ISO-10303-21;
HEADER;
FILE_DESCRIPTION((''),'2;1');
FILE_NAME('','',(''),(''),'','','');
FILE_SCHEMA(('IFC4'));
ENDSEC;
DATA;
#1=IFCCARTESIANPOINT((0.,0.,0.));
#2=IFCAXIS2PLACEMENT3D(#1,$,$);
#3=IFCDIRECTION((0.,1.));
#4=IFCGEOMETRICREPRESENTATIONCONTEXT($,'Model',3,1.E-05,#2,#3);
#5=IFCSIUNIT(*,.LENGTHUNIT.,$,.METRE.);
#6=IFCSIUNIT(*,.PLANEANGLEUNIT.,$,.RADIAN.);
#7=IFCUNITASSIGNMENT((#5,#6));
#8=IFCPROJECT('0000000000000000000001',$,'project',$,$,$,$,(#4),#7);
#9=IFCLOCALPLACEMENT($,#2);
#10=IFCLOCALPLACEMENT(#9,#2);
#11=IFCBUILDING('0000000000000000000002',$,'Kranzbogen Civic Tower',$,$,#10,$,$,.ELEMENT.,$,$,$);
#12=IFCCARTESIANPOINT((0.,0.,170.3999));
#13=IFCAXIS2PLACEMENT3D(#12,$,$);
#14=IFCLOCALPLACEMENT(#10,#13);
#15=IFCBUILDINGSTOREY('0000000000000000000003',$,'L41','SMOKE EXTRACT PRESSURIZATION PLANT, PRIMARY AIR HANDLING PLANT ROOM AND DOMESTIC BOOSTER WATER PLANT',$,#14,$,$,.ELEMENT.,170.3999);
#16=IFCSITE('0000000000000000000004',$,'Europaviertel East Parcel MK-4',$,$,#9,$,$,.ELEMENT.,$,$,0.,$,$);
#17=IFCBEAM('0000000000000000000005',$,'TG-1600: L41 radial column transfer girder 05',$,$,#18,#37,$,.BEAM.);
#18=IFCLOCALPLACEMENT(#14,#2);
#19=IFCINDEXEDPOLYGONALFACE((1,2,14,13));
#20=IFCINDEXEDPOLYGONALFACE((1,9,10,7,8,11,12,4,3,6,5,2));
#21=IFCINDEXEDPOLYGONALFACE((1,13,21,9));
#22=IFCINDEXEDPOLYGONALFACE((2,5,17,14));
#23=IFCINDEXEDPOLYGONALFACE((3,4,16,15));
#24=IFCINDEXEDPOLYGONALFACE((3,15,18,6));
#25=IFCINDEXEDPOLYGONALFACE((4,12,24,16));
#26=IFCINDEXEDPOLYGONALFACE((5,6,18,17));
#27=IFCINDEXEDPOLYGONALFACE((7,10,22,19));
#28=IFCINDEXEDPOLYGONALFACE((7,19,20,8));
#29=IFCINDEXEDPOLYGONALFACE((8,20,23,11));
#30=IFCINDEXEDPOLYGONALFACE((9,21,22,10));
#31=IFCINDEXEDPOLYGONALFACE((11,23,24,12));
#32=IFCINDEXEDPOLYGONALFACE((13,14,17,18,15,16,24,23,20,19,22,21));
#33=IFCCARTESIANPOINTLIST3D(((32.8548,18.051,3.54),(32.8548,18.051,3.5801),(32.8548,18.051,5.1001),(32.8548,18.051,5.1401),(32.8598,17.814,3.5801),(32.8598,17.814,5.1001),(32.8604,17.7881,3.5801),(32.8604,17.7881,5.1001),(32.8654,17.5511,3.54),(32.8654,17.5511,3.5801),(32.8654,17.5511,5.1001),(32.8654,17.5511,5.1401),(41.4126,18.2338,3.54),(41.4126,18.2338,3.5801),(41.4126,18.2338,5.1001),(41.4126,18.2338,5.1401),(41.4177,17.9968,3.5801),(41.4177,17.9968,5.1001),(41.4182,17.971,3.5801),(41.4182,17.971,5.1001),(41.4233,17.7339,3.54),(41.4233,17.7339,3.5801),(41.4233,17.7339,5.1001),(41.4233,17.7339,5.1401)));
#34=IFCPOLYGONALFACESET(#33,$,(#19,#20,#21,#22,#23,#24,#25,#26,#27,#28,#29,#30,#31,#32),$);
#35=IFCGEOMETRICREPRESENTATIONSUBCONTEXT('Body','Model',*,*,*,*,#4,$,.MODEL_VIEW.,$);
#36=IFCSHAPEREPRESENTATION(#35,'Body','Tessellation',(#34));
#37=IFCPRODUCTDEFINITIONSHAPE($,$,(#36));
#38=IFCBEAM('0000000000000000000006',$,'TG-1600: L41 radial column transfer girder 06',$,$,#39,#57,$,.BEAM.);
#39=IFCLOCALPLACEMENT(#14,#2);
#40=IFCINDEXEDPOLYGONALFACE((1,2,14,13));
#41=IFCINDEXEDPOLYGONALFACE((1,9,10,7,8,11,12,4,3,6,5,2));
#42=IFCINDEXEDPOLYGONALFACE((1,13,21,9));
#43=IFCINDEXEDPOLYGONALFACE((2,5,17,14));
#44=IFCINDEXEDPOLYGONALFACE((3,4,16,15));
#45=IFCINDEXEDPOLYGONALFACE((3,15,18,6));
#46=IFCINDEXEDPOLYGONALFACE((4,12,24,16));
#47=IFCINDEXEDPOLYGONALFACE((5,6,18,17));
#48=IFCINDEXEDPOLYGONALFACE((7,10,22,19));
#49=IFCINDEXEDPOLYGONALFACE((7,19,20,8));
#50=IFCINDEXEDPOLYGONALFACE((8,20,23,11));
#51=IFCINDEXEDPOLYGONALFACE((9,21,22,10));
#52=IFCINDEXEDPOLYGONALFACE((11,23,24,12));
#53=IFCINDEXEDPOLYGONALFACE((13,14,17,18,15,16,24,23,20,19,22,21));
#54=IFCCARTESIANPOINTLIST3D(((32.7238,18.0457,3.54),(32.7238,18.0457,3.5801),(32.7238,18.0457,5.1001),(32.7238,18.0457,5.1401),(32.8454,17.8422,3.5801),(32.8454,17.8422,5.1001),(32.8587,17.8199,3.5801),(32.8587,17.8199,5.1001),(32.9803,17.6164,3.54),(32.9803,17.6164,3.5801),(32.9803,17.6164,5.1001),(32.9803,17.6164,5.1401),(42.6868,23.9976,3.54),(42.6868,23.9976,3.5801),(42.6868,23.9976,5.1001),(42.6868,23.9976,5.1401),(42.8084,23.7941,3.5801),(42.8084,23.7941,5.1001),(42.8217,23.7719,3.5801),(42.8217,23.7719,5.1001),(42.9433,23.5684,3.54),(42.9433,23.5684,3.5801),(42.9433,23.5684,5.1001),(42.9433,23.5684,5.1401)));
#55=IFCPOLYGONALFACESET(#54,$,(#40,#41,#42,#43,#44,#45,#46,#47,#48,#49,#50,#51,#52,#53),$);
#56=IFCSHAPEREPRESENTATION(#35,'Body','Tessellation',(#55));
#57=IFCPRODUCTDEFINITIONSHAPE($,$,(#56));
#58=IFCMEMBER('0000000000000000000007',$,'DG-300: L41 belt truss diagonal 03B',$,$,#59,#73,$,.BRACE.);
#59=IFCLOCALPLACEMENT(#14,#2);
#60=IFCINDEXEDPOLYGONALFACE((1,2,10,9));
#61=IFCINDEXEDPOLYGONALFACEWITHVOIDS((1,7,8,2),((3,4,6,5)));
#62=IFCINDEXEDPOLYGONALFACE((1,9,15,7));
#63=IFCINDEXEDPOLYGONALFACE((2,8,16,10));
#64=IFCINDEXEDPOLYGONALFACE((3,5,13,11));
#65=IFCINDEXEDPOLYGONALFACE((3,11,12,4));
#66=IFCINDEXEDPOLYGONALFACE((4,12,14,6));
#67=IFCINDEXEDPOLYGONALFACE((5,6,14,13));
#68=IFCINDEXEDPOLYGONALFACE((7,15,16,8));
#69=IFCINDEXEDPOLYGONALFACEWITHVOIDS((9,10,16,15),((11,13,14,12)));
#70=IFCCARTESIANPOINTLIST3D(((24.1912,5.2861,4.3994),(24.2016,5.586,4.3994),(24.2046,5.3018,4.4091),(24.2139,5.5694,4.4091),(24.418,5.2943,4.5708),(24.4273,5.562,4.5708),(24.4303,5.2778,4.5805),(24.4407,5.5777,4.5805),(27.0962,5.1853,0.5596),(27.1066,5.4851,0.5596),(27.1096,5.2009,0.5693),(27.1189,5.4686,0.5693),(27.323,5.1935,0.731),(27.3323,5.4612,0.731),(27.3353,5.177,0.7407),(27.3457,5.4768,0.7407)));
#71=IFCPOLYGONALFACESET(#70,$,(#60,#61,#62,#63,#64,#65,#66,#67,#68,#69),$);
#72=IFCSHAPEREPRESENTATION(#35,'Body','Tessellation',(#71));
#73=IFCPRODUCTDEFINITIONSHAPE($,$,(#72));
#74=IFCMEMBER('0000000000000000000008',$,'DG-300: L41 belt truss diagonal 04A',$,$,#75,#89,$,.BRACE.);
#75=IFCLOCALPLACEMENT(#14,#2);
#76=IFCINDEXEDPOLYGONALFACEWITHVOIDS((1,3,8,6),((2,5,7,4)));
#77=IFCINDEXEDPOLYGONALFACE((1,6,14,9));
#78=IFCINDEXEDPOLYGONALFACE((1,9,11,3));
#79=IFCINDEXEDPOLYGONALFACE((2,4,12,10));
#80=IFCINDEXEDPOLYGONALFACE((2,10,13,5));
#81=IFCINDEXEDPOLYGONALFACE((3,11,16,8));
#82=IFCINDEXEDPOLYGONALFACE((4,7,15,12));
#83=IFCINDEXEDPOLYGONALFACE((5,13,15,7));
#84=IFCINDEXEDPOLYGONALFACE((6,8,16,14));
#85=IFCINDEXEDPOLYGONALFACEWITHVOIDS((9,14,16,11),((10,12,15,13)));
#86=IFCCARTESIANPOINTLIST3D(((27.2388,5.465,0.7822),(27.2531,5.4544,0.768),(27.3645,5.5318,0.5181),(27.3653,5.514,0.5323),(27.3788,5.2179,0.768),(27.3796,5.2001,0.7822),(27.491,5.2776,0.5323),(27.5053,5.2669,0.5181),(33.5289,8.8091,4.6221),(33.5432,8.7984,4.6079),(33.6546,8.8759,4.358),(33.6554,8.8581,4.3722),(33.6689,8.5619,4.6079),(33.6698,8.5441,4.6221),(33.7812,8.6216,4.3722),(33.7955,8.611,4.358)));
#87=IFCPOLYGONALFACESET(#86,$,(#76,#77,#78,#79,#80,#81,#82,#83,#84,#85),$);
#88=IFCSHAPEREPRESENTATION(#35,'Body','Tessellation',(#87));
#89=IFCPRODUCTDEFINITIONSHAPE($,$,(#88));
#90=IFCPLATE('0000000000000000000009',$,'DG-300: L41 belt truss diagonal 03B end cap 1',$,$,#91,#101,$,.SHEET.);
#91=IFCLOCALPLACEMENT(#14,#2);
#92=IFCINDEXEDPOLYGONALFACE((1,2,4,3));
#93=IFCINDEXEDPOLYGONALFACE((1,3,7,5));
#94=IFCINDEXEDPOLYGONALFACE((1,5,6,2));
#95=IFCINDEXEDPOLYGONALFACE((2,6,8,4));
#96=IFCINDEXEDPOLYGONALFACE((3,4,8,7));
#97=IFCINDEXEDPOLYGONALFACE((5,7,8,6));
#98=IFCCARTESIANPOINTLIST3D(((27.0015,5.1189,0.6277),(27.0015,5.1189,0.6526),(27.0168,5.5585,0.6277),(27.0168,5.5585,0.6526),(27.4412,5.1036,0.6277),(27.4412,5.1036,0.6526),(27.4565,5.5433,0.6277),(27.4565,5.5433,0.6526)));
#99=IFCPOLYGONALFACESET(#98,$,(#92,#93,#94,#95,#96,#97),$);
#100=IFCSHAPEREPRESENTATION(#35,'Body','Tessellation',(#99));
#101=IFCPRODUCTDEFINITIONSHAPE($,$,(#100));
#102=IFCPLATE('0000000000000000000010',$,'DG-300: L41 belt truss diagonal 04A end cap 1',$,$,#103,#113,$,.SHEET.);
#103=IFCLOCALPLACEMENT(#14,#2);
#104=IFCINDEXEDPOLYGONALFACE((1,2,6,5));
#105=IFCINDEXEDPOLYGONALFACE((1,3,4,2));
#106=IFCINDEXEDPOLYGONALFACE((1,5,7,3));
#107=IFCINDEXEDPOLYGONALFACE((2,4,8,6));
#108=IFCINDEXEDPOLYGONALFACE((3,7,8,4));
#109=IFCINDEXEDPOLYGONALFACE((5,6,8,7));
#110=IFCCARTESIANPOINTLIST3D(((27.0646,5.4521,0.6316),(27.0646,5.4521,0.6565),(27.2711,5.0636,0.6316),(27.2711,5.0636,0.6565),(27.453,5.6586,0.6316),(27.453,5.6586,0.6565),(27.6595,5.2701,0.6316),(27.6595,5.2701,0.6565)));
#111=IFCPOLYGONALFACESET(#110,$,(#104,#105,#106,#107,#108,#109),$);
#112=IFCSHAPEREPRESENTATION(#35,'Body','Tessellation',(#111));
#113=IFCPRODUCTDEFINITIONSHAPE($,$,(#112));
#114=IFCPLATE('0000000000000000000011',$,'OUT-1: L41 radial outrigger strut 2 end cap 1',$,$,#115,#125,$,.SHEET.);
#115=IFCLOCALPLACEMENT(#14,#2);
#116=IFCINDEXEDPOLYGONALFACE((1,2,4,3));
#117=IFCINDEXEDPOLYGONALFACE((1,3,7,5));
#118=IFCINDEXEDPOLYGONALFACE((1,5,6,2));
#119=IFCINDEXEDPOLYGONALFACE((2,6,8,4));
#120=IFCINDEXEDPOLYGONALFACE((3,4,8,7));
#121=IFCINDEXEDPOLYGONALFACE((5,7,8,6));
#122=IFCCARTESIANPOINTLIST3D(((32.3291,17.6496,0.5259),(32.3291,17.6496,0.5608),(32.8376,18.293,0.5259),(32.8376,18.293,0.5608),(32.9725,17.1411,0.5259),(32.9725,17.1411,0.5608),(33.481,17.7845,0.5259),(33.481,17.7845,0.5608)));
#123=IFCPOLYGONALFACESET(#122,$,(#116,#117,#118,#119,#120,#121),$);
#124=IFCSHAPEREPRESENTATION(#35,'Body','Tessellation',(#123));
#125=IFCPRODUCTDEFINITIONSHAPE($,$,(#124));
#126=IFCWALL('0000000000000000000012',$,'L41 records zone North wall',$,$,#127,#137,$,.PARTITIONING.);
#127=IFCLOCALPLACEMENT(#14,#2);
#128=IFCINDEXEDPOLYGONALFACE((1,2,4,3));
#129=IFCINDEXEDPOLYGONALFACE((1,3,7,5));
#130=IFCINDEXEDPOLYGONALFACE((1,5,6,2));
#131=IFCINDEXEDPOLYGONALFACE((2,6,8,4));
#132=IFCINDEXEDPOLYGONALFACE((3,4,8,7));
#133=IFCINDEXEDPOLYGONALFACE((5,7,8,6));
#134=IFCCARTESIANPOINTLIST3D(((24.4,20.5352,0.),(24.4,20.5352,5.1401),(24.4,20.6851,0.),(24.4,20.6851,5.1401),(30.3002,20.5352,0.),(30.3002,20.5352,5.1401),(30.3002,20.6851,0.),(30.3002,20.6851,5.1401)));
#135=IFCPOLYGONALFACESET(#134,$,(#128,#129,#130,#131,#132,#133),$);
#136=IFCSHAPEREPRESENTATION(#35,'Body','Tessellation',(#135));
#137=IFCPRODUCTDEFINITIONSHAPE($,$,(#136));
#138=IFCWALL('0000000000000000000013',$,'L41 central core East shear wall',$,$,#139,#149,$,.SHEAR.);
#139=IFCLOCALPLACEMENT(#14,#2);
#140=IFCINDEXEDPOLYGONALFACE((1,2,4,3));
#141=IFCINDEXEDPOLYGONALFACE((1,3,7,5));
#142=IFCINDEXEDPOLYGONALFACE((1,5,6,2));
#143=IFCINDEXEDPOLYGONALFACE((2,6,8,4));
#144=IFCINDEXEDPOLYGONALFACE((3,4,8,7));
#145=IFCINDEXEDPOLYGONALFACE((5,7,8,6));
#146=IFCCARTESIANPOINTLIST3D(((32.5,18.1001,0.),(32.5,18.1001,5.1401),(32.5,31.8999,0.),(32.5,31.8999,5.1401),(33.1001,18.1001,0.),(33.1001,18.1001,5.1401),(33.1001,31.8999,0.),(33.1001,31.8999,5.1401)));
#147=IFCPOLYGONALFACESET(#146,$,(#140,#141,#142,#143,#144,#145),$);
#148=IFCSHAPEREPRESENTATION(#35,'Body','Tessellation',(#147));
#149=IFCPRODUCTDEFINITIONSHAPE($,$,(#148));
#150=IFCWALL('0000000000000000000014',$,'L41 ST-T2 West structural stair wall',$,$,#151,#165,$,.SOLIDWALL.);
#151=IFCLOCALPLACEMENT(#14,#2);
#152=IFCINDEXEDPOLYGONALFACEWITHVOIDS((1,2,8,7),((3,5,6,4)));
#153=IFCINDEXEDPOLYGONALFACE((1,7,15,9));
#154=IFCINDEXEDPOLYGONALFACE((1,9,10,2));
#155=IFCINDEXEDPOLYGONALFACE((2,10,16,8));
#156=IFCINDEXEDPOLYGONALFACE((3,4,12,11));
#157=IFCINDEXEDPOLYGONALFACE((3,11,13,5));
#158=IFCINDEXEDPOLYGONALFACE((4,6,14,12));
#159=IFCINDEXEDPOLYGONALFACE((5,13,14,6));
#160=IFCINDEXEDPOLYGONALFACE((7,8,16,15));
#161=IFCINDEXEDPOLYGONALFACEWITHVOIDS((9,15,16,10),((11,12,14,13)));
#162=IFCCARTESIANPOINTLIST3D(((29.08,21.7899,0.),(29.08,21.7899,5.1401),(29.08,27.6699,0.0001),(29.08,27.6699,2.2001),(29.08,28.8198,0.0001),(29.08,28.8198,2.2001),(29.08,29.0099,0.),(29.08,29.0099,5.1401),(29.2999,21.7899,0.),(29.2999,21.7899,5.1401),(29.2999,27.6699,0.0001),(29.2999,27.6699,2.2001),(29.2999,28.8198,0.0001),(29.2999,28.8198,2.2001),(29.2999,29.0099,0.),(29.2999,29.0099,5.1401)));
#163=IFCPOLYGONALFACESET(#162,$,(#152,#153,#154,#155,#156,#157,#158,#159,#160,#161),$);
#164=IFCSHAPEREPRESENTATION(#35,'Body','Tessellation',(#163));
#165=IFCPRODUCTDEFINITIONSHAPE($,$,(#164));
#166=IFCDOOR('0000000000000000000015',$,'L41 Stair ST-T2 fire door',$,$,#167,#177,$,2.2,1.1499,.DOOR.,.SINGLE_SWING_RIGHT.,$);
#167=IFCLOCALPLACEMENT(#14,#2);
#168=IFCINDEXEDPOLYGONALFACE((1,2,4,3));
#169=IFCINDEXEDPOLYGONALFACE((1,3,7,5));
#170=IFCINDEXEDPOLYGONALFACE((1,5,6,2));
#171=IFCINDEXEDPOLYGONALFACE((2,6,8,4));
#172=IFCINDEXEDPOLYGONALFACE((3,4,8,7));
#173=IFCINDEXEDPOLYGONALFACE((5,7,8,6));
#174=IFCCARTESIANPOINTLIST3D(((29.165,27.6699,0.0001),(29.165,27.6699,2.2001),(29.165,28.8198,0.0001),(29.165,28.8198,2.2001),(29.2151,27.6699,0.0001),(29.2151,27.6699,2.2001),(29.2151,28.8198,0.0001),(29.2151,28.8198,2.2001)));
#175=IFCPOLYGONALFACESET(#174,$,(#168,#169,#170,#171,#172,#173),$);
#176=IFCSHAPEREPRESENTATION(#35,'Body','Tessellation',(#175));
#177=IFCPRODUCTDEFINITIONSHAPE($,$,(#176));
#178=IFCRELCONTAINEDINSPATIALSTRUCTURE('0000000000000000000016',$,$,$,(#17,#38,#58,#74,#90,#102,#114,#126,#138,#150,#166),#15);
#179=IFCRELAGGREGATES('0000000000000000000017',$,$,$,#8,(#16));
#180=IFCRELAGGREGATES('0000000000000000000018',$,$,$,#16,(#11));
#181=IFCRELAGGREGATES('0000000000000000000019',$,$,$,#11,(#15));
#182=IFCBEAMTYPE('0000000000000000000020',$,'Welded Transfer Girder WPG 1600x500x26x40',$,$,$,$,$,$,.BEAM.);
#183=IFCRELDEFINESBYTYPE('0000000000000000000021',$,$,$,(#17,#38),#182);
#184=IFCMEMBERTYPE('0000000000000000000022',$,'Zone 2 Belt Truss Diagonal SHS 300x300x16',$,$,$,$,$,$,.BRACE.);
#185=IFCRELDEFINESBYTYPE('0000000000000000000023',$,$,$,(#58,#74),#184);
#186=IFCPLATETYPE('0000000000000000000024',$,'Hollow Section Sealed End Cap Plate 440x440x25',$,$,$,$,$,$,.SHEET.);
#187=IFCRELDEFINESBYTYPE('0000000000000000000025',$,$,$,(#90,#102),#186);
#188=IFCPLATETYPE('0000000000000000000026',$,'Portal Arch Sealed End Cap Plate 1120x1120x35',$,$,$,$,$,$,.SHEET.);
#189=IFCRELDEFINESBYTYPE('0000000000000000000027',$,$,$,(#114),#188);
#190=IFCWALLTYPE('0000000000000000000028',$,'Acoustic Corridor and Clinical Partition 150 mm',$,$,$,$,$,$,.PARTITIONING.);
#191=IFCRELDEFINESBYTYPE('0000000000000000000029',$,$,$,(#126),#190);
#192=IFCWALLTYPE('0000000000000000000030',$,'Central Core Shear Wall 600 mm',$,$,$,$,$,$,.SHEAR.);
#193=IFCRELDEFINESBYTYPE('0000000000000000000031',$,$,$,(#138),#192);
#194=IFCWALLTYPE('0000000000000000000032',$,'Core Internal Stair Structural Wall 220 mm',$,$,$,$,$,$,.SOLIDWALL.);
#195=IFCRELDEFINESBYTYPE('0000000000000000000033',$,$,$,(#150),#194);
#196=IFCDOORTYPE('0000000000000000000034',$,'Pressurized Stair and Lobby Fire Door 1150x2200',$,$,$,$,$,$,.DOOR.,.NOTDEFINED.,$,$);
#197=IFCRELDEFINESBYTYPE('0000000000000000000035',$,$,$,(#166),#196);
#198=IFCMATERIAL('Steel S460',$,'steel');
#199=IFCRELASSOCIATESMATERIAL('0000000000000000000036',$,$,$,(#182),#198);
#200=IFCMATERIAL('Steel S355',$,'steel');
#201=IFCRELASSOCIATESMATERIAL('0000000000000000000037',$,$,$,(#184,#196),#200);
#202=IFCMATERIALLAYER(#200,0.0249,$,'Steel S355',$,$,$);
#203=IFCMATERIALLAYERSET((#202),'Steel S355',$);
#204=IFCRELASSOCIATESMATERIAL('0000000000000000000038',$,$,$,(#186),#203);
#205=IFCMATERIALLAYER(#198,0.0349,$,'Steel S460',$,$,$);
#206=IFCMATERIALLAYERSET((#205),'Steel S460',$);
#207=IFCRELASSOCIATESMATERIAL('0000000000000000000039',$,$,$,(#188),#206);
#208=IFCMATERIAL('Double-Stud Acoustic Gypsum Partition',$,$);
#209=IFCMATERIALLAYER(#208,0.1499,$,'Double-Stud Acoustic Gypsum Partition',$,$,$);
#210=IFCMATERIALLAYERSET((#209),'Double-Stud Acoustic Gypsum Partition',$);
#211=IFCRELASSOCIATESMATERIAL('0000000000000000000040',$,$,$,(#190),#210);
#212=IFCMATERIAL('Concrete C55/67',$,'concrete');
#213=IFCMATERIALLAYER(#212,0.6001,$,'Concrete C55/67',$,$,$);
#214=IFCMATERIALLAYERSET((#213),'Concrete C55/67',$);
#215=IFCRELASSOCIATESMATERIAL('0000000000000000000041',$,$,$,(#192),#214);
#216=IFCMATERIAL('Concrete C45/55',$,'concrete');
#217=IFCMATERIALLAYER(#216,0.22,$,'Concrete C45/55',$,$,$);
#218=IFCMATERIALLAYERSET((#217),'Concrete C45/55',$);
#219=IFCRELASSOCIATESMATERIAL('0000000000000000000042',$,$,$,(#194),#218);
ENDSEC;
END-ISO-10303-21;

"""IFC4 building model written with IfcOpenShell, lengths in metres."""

from ifc_helpers import new_model, si_unit, direction, frame, frame_2d, origin, origin_2d, place, context, subcontext, project, spatial, rectangle, hollow_rectangle, i_section, extrude, material, layer, layer_set, material_profile, profile_set, type_object, element, fill, save


model = new_model("IFC4")

# Units and contexts
model_context = context("Model", 3, precision=1e-05, world=origin(), true_north=direction((0.0, 1.0)))
body_context = subcontext(model_context, "Body", "Model", "MODEL_VIEW")
ifc_project = project(units=[si_unit("LENGTHUNIT", "METRE"), si_unit("PLANEANGLEUNIT", "RADIAN")], contexts=[model_context])

# Site, building, storey
site_placement = place(None, origin())
site = spatial("IfcSite", under=ifc_project, at=site_placement, Name="Europaviertel East Parcel MK-4", CompositionType="ELEMENT", RefElevation=0.0)
building_placement = place(site_placement, origin())
building = spatial("IfcBuilding", under=site, at=building_placement, Name="Kranzbogen Civic Tower", CompositionType="ELEMENT")
storey_placement = place(building_placement, frame((0.0, 0.0, 170.3999)))
storey = spatial("IfcBuildingStorey", under=building, at=storey_placement, Name="L41", Description="SMOKE EXTRACT PRESSURIZATION PLANT, PRIMARY AIR HANDLING PLANT ROOM AND DOMESTIC BOOSTER WATER PLANT", CompositionType="ELEMENT", Elevation=170.3999)

# Shared definitions
ifc_material_1 = material(Name="Steel S355", Category="steel")
ifc_material_2 = material(Name="Steel S460", Category="steel")

# Beams
ifc_material_profile_1 = material_profile(ifc_material_2, i_section(OverallWidth=0.5, OverallDepth=1.6001, WebThickness=0.0259, FlangeThickness=0.04, at=origin_2d()), Name="WPG 1600x500x26x40")
ifc_profile_set_1 = profile_set([ifc_material_profile_1], Name="Steel S460")
beam_type_1 = type_object("IfcBeamType", Name="Welded Transfer Girder WPG 1600x500x26x40", PredefinedType="BEAM", material=ifc_profile_set_1)
beam_1_placement = place(storey_placement, frame((32.8601, 17.801, 4.3401), z_axis=(0.999772, 0.021363, 0.0), x_axis=(-0.021363, 0.999772, 0.0)))
element("IfcBeam", 1, at=beam_1_placement, inside=storey, type_object=beam_type_1, Name="TG-1600: L41 radial column transfer girder 05", PredefinedType="BEAM", context=body_context, shape_type="SweptSolid", body=[
    extrude(i_section(OverallWidth=0.5, OverallDepth=1.6001, WebThickness=0.0259, FlangeThickness=0.04, at=origin_2d()), origin(), (0.0, 0.0, 1.0), 8.5598),
])
beam_2_placement = place(storey_placement, frame((32.8521, 17.8311, 4.3401), z_axis=(0.858473, 0.512858, 0.0), x_axis=(-0.512858, 0.858473, 0.0)))
element("IfcBeam", 2, at=beam_2_placement, inside=storey, type_object=beam_type_1, Name="TG-1600: L41 radial column transfer girder 06", PredefinedType="BEAM", context=body_context, shape_type="SweptSolid", body=[
    extrude(i_section(OverallWidth=0.5, OverallDepth=1.6001, WebThickness=0.0259, FlangeThickness=0.04, at=origin_2d()), origin(), (0.0, 0.0, 1.0), 11.6055),
])

# Members
ifc_material_profile_2 = material_profile(ifc_material_1, hollow_rectangle(XDim=0.3, YDim=0.3, WallThickness=0.0161, at=origin_2d()), Name="SHS 300x300x16")
ifc_profile_set_2 = profile_set([ifc_material_profile_2], Name="Steel S355")
member_type_1 = type_object("IfcMemberType", Name="Zone 2 Belt Truss Diagonal SHS 300x300x16", PredefinedType="BRACE", material=ifc_profile_set_2)
member_1_placement = place(storey_placement, frame((27.2209, 5.3311, 0.6501), z_axis=(-0.603205, 0.020937, 0.797311), x_axis=(-0.034688, -0.999398, 0.0)))
element("IfcMember", 3, at=member_1_placement, inside=storey, type_object=member_type_1, Name="DG-300: L41 belt truss diagonal 03B", PredefinedType="BRACE", context=body_context, shape_type="SweptSolid", body=[
    extrude(hollow_rectangle(XDim=0.3, YDim=0.3, WallThickness=0.0161, at=origin_2d()), origin(), (0.0, 0.0, 1.0), 4.8159),
])
member_2_placement = place(storey_placement, frame((27.3721, 5.366, 0.6501), z_axis=(0.777252, 0.413213, 0.474484), x_axis=(-0.469419, 0.882975, 0.0)))
element("IfcMember", 4, at=member_2_placement, inside=storey, type_object=member_type_1, Name="DG-300: L41 belt truss diagonal 04A", PredefinedType="BRACE", context=body_context, shape_type="SweptSolid", body=[
    extrude(hollow_rectangle(XDim=0.3, YDim=0.3, WallThickness=0.0161, at=origin_2d()), origin(), (0.0, 0.0, 1.0), 8.0928),
])

# Plates
ifc_layer_1 = layer(ifc_material_1, 0.0249, Name="Steel S355")
ifc_layer_set_1 = layer_set([ifc_layer_1], Name="Steel S355")
plate_type_1 = type_object("IfcPlateType", Name="Hollow Section Sealed End Cap Plate 440x440x25", PredefinedType="SHEET", material=ifc_layer_set_1)
for number, where, z_axis, x_axis, name in (
    (5, (27.229, 5.3311, 0.6277), (0.0, 0.0, 1.0), (-0.999396, 0.034743, 0.0), "DG-300: L41 belt truss diagonal 03B end cap 1"),
    (6, (27.3621, 5.3611, 0.6316), (0.0, 0.0, 1.0), (0.882972, 0.469425, 0.0), "DG-300: L41 belt truss diagonal 04A end cap 1"),
):
    element("IfcPlate", number, at=place(storey_placement, frame(where, z_axis=z_axis, x_axis=x_axis)), inside=storey, type_object=plate_type_1, Name=name, PredefinedType="SHEET", context=body_context, shape_type="SweptSolid", body=[
        extrude(rectangle(XDim=0.4399, YDim=0.4399, at=origin_2d()), origin(), (0.0, 0.0, 1.0), 0.0249),
    ])
ifc_layer_2 = layer(ifc_material_2, 0.0349, Name="Steel S460")
ifc_layer_set_2 = layer_set([ifc_layer_2], Name="Steel S460")
plate_type_2 = type_object("IfcPlateType", Name="Portal Arch Sealed End Cap Plate 1120x1120x35", PredefinedType="SHEET", material=ifc_layer_set_2)
plate_placement = place(storey_placement, frame((32.905, 17.717, 0.5259), z_axis=(0.0, 0.0, 1.0), x_axis=(0.78456, -0.620053, 0.0)))
element("IfcPlate", 7, at=plate_placement, inside=storey, type_object=plate_type_2, Name="OUT-1: L41 radial outrigger strut 2 end cap 1", PredefinedType="SHEET", context=body_context, shape_type="SweptSolid", body=[
    extrude(rectangle(XDim=0.8201, YDim=0.8201, at=origin_2d()), origin(), (0.0, 0.0, 1.0), 0.0349),
])

# Walls
ifc_material_3 = material(Name="Double-Stud Acoustic Gypsum Partition")
ifc_layer_3 = layer(ifc_material_3, 0.1499, Name="Double-Stud Acoustic Gypsum Partition")
ifc_layer_set_3 = layer_set([ifc_layer_3], Name="Double-Stud Acoustic Gypsum Partition")
wall_type_1 = type_object("IfcWallType", Name="Acoustic Corridor and Clinical Partition 150 mm", PredefinedType="PARTITIONING", material=ifc_layer_set_3)
wall_1_placement = place(storey_placement, frame((24.3999, 20.6101, 0.0), z_axis=(0.0, 0.0, 1.0), x_axis=(1.0, 0.0, 0.0)))
element("IfcWall", 8, at=wall_1_placement, inside=storey, type_object=wall_type_1, Name="L41 records zone North wall", PredefinedType="PARTITIONING", context=body_context, shape_type="SweptSolid", body=[
    extrude(rectangle(XDim=5.9001, YDim=0.1499, at=frame_2d((2.9502, 0.0))), origin(), (0.0, 0.0, 1.0), 5.1401),
])
ifc_material_4 = material(Name="Concrete C55/67", Category="concrete")
ifc_layer_4 = layer(ifc_material_4, 0.6001, Name="Concrete C55/67")
ifc_layer_set_4 = layer_set([ifc_layer_4], Name="Concrete C55/67")
wall_type_2 = type_object("IfcWallType", Name="Central Core Shear Wall 600 mm", PredefinedType="SHEAR", material=ifc_layer_set_4)
wall_2_placement = place(storey_placement, frame((32.8, 18.1001, 0.0), z_axis=(0.0, 0.0, 1.0), x_axis=(0.0, 1.0, 0.0)))
element("IfcWall", 9, at=wall_2_placement, inside=storey, type_object=wall_type_2, Name="L41 central core East shear wall", PredefinedType="SHEAR", context=body_context, shape_type="SweptSolid", body=[
    extrude(rectangle(XDim=13.7998, YDim=0.6001, at=frame_2d((6.8999, 0.0))), origin(), (0.0, 0.0, 1.0), 5.1401),
])

# Wall, opening, door
ifc_material_5 = material(Name="Concrete C45/55", Category="concrete")
ifc_layer_5 = layer(ifc_material_5, 0.22, Name="Concrete C45/55")
ifc_layer_set_5 = layer_set([ifc_layer_5], Name="Concrete C45/55")
wall_type_3 = type_object("IfcWallType", Name="Core Internal Stair Structural Wall 220 mm", PredefinedType="SOLIDWALL", material=ifc_layer_set_5)
wall_3_placement = place(storey_placement, frame((29.1899, 21.79, 0.0), z_axis=(0.0, 0.0, 1.0), x_axis=(0.0, 1.0, 0.0)))
wall_3 = element("IfcWall", 10, at=wall_3_placement, inside=storey, type_object=wall_type_3, Name="L41 ST-T2 West structural stair wall", PredefinedType="SOLIDWALL", context=body_context, shape_type="SweptSolid", body=[
    extrude(rectangle(XDim=7.22, YDim=0.22, at=frame_2d((3.6099, 0.0))), origin(), (0.0, 0.0, 1.0), 5.1401),
])
opening_placement = place(wall_3_placement, frame((5.8799, 0.0, 0.0)))
opening = element("IfcOpeningElement", 11, at=opening_placement, cuts=wall_3, PredefinedType="OPENING", context=body_context, shape_type="SweptSolid", body=[
    extrude(rectangle(XDim=1.1499, YDim=2.2, at=frame_2d((0.575, 1.1001))), frame((0.0, 0.1201, 0.0), z_axis=(0.0, -1.0, 0.0), x_axis=(1.0, 0.0, 0.0)), (0.0, 0.0, 1.0), 0.24),
])
door_type = type_object("IfcDoorType", Name="Pressurized Stair and Lobby Fire Door 1150x2200", OperationType="NOTDEFINED", PredefinedType="DOOR", material=ifc_material_1)
door_placement = place(opening_placement, origin())
door = element("IfcDoor", 12, at=door_placement, inside=storey, type_object=door_type, Name="L41 Stair ST-T2 fire door", OperationType="SINGLE_SWING_RIGHT", OverallHeight=2.2, OverallWidth=1.1499, PredefinedType="DOOR", context=body_context, shape_type="SweptSolid", body=[
    extrude(rectangle(XDim=1.1499, YDim=2.2, at=frame_2d((0.575, 1.1001))), frame((0.0, 0.0249, 0.0), z_axis=(0.0, -1.0, 0.0), x_axis=(1.0, 0.0, 0.0)), (0.0, 0.0, 1.0), 0.05),
])
fill(opening, door)

save(model, "model.ifc")
